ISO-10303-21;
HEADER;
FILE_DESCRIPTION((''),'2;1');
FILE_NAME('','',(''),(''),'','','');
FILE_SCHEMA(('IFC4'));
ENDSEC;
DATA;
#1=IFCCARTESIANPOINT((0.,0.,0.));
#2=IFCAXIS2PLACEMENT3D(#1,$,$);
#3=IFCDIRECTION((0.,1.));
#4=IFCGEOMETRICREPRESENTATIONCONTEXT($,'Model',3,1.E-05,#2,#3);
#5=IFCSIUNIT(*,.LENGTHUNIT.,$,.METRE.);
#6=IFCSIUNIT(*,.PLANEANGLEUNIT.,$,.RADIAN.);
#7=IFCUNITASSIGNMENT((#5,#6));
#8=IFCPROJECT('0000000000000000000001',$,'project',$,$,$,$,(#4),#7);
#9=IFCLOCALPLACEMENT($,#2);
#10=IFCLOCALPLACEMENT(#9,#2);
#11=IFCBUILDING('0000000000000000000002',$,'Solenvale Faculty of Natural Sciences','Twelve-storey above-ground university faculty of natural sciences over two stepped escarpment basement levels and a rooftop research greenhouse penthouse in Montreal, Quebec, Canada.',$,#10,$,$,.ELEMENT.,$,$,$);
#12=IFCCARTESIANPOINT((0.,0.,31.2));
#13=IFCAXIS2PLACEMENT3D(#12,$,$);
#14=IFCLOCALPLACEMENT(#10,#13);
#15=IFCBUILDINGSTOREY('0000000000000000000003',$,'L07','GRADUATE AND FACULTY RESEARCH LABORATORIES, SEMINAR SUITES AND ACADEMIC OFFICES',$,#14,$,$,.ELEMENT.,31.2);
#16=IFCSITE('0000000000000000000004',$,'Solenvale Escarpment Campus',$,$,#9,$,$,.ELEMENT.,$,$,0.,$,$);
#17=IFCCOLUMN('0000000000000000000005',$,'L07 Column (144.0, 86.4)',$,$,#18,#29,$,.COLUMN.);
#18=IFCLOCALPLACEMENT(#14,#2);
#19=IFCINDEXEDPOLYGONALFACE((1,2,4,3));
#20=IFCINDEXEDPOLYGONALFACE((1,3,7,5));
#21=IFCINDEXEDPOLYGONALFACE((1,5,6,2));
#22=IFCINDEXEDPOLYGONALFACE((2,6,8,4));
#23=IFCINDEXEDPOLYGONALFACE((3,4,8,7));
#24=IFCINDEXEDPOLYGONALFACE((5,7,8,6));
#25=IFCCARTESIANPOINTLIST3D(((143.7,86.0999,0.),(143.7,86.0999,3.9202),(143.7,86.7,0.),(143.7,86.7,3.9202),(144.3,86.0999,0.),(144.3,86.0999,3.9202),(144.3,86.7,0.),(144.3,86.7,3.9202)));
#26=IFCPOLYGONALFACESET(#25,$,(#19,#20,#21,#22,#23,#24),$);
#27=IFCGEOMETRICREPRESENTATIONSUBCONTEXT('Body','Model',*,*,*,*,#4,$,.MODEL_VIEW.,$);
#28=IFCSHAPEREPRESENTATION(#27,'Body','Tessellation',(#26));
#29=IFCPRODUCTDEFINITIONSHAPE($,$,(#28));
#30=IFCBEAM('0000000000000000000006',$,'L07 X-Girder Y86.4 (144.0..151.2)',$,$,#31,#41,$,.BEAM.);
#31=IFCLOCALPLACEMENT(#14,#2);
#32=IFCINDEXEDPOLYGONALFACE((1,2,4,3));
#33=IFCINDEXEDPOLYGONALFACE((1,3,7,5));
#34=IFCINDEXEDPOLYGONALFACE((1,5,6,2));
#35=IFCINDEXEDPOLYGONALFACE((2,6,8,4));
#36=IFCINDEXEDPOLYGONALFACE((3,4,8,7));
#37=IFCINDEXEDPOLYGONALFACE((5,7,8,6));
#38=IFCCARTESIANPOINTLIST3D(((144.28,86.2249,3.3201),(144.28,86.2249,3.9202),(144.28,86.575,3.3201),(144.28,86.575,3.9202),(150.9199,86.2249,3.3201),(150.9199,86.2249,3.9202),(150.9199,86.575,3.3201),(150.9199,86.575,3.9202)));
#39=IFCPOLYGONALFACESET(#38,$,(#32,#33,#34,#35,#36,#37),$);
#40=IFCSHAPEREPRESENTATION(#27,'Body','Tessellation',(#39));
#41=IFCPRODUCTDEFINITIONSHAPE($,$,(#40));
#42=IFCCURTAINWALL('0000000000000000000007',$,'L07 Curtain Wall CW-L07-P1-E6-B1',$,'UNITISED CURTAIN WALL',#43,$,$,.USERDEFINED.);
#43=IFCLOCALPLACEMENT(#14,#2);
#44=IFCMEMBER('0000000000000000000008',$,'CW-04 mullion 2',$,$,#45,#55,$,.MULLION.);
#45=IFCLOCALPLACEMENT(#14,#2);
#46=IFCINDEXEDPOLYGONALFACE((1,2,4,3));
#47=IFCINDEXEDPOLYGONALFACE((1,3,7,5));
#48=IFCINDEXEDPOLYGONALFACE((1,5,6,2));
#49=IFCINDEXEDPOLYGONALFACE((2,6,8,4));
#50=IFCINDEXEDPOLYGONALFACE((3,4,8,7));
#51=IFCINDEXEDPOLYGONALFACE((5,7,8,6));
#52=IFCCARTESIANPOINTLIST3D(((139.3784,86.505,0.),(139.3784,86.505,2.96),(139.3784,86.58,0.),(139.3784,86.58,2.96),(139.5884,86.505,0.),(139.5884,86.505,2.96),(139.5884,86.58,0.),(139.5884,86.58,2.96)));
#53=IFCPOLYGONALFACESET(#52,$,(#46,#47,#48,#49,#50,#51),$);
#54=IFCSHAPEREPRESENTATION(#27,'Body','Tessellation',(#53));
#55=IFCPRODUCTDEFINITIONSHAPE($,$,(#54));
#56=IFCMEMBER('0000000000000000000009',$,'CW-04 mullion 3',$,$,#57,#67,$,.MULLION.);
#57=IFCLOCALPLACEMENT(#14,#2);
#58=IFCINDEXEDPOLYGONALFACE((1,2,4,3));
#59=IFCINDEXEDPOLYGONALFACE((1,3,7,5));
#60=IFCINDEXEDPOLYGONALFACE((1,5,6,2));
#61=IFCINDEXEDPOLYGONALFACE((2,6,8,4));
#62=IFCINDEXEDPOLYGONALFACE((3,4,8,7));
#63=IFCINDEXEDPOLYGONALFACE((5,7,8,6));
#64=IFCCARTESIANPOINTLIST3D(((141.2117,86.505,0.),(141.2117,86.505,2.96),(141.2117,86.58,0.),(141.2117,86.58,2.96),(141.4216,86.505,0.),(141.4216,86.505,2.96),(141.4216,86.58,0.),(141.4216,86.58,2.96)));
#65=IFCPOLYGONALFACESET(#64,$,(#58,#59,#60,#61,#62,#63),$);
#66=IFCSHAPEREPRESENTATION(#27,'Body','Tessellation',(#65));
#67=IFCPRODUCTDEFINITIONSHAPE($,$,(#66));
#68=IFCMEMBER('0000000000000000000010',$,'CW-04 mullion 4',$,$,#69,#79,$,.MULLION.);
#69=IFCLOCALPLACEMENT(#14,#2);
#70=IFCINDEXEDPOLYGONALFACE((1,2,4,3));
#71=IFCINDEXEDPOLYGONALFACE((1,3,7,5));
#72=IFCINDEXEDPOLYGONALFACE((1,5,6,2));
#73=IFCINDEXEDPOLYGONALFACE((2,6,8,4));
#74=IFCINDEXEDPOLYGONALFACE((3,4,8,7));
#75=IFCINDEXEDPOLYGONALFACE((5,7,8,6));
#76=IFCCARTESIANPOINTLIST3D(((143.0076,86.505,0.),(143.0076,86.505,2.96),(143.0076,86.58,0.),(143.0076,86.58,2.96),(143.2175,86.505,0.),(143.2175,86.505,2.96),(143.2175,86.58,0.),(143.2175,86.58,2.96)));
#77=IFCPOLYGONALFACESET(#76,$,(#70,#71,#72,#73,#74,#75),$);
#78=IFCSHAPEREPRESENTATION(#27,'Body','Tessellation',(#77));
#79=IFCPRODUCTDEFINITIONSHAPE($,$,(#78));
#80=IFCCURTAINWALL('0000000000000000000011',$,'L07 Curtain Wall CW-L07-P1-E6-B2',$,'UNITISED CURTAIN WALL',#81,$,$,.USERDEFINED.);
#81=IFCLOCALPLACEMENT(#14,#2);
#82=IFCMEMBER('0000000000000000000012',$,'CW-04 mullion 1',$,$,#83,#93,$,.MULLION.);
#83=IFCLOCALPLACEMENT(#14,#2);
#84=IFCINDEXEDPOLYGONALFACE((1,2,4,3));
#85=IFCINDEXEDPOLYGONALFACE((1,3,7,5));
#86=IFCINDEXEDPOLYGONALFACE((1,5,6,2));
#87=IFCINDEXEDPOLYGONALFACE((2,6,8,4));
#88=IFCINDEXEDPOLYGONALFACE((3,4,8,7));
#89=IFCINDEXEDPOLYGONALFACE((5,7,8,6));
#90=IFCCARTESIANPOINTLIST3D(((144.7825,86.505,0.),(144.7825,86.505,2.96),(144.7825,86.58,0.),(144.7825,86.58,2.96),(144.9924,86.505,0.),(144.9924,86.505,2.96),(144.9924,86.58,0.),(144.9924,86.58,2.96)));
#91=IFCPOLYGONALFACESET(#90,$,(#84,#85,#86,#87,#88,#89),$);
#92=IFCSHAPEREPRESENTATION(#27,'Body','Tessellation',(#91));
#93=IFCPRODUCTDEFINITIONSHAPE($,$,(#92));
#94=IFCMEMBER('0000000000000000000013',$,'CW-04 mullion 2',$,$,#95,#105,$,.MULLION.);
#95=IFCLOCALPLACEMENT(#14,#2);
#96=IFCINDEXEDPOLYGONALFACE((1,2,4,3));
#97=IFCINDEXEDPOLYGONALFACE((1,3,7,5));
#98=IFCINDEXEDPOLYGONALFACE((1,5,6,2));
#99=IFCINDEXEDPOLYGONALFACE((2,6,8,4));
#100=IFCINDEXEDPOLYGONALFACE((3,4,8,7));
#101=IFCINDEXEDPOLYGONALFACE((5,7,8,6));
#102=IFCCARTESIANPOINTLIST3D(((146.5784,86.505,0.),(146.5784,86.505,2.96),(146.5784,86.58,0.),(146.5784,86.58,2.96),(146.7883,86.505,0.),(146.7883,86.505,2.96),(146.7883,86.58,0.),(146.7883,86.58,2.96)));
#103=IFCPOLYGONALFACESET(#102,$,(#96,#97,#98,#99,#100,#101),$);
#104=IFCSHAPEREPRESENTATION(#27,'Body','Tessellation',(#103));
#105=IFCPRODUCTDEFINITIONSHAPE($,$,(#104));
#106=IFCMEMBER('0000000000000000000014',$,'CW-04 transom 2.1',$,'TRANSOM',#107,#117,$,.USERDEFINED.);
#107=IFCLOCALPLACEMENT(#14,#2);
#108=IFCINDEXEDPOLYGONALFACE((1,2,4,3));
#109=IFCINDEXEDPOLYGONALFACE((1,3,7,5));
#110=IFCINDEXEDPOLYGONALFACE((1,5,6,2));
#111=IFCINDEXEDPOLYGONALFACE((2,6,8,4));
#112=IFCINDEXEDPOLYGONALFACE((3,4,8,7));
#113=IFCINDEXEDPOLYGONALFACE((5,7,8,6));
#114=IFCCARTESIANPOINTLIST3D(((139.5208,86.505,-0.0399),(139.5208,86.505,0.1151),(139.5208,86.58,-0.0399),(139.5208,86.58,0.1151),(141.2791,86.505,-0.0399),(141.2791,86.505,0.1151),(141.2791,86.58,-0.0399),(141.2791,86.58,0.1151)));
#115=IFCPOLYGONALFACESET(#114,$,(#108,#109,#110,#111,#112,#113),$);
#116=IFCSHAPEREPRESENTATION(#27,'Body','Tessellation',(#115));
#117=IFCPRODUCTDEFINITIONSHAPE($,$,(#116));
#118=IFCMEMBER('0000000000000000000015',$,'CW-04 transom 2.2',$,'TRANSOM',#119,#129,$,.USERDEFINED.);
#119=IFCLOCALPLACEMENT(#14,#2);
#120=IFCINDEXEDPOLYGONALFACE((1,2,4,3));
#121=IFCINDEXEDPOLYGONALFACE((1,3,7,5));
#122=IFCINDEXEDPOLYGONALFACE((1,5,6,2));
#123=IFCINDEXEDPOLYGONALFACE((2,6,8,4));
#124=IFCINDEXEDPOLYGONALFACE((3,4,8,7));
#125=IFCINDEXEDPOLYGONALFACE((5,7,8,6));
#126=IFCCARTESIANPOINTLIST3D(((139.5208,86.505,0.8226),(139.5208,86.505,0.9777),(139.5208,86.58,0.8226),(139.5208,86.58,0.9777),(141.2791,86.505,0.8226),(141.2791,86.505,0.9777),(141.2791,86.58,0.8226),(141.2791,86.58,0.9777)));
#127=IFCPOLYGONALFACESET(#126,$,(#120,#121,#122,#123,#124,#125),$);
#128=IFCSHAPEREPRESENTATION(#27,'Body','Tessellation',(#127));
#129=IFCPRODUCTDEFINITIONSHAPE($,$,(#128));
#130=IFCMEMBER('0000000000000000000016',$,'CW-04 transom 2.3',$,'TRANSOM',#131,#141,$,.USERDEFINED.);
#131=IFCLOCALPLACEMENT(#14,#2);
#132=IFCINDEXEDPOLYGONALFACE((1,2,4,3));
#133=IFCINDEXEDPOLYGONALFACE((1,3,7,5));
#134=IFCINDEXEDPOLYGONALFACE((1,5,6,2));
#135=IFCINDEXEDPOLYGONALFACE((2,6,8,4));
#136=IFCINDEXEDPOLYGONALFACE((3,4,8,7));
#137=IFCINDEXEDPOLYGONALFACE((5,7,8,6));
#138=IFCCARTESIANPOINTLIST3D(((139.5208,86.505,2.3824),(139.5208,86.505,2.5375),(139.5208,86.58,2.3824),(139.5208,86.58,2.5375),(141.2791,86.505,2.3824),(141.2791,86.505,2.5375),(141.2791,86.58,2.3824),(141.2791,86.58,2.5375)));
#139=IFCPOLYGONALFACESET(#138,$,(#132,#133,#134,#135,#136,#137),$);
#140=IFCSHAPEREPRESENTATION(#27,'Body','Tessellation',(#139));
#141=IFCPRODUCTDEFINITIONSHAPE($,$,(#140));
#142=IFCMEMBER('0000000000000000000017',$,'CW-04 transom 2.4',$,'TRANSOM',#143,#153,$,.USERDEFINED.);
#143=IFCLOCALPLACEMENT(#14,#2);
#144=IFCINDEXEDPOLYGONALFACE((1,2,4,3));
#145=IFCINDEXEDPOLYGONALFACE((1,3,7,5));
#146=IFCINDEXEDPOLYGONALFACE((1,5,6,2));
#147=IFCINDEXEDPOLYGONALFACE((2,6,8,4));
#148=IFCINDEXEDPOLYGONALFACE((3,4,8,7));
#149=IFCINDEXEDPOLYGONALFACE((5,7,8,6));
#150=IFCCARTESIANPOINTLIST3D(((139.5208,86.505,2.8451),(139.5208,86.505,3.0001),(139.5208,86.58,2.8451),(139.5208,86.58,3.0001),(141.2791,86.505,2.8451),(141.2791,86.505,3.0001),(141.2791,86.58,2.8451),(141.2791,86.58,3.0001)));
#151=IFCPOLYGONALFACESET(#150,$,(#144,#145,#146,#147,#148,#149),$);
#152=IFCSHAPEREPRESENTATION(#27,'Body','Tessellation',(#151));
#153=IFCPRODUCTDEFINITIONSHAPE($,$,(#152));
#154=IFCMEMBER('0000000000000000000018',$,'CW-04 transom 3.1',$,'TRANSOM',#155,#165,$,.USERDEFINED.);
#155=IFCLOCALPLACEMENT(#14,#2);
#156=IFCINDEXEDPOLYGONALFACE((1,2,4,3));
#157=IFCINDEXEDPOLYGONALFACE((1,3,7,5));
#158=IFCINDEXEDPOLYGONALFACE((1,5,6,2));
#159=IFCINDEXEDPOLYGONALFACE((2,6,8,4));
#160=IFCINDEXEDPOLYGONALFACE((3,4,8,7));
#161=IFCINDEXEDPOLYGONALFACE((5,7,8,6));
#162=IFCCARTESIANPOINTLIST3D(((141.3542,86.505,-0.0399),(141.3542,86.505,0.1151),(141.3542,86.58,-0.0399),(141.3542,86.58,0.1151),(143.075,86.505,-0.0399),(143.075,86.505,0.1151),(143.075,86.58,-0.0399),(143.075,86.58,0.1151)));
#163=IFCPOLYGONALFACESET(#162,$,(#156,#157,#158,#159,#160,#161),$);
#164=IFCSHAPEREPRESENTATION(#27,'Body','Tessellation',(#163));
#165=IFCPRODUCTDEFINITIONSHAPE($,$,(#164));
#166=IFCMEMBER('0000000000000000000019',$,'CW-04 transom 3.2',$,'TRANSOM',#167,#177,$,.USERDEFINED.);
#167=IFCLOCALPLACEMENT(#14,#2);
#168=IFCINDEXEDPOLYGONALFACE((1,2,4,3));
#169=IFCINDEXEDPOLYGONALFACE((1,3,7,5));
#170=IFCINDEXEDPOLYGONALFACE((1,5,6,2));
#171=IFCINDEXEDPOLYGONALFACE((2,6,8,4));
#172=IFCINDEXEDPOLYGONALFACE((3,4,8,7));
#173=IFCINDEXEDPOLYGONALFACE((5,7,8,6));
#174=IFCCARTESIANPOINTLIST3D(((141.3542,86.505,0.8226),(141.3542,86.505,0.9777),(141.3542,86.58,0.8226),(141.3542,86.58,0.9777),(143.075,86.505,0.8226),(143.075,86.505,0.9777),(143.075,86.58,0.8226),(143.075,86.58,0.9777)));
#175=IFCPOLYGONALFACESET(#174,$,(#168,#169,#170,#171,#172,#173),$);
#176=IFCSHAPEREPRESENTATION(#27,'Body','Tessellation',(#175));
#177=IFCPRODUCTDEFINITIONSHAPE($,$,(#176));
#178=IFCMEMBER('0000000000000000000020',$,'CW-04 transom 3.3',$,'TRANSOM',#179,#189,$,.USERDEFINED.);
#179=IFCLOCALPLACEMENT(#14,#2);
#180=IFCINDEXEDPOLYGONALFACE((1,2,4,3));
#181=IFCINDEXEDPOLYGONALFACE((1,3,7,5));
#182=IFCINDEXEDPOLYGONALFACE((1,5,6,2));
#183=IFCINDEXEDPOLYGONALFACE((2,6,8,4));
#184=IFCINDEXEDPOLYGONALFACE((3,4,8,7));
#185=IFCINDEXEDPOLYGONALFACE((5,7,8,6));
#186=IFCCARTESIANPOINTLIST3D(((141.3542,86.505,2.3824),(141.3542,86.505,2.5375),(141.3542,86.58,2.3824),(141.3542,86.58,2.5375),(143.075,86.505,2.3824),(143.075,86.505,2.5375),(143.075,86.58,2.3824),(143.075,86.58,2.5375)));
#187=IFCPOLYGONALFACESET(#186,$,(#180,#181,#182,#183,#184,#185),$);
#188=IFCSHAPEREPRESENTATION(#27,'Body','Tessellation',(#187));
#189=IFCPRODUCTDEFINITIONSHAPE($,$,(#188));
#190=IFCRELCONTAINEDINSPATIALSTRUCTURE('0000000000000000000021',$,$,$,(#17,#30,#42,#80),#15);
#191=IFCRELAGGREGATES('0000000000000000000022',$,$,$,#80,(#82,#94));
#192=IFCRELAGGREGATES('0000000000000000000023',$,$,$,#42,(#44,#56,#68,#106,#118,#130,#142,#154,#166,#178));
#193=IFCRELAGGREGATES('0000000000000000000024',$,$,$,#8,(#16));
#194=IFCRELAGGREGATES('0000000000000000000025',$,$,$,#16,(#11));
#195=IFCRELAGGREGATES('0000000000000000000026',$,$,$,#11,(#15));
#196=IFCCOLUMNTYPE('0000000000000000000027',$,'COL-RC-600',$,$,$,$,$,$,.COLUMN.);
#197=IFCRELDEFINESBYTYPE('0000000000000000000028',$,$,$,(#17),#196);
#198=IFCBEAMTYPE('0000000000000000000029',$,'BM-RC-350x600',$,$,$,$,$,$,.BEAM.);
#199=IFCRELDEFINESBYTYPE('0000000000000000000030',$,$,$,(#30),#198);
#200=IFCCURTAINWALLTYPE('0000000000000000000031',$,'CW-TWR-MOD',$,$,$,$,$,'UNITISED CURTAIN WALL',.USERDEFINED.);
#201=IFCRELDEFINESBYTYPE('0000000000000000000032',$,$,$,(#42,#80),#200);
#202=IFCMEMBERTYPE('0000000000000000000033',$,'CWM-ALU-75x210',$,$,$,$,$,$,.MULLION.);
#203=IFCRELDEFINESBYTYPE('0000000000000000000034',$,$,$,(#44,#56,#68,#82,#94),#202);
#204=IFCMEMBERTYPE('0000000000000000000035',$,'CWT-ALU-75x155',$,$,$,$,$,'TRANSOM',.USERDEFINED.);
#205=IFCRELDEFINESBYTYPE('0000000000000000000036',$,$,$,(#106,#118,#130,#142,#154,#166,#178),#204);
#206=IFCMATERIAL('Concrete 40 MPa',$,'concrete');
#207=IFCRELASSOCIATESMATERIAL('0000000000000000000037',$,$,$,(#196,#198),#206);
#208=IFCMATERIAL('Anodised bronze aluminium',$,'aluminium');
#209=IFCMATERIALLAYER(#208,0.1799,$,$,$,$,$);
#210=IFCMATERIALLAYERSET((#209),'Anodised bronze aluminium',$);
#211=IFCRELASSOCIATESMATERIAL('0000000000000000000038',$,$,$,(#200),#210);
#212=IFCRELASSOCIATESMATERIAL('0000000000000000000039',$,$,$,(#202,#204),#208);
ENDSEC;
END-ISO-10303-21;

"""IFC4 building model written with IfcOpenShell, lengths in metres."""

from ifc_helpers import new_model, si_unit, direction, frame, origin, origin_2d, place, context, subcontext, project, spatial, rectangle, extrude, material, layer, layer_set, material_profile, profile_set, type_object, element, aggregate, save


model = new_model("IFC4")

# Units and contexts
model_context = context("Model", 3, precision=1e-05, world=origin(), true_north=direction((0.0, 1.0)))
body_context = subcontext(model_context, "Body", "Model", "MODEL_VIEW")
ifc_project = project(units=[si_unit("LENGTHUNIT", "METRE"), si_unit("PLANEANGLEUNIT", "RADIAN")], contexts=[model_context])

# Site, building, storey
site_placement = place(None, origin())
site = spatial("IfcSite", under=ifc_project, at=site_placement, Name="Solenvale Escarpment Campus", CompositionType="ELEMENT", RefElevation=0.0)
building_placement = place(site_placement, origin())
building = spatial("IfcBuilding", under=site, at=building_placement, Name="Solenvale Faculty of Natural Sciences", Description="Twelve-storey above-ground university faculty of natural sciences over two stepped escarpment basement levels and a rooftop research greenhouse penthouse in Montreal, Quebec, Canada.", CompositionType="ELEMENT")
storey_placement = place(building_placement, frame((0.0, 0.0, 31.2)))
storey = spatial("IfcBuildingStorey", under=building, at=storey_placement, Name="L07", Description="GRADUATE AND FACULTY RESEARCH LABORATORIES, SEMINAR SUITES AND ACADEMIC OFFICES", CompositionType="ELEMENT", Elevation=31.2)

# Column
ifc_material_1 = material(Name="Concrete 40 MPa", Category="concrete")
ifc_material_profile_1 = material_profile(ifc_material_1, rectangle(XDim=0.6001, YDim=0.6001, at=origin_2d()), Name="RC-COL-600x600")
ifc_profile_set_1 = profile_set([ifc_material_profile_1], Name="Concrete 40 MPa")
column_type = type_object("IfcColumnType", Name="COL-RC-600", PredefinedType="COLUMN", material=ifc_profile_set_1)
column_placement = place(storey_placement, frame((144.0, 86.3999, 0.0), z_axis=(0.0, 0.0, 1.0), x_axis=(1.0, 0.0, 0.0)))
element("IfcColumn", 1, at=column_placement, inside=storey, type_object=column_type, Name="L07 Column (144.0, 86.4)", PredefinedType="COLUMN", context=body_context, shape_type="SweptSolid", body=[
    extrude(rectangle(XDim=0.6001, YDim=0.6001, at=origin_2d()), origin(), (0.0, 0.0, 1.0), 3.9202),
])

# Beam
ifc_material_profile_2 = material_profile(ifc_material_1, rectangle(XDim=0.3501, YDim=0.6001, at=origin_2d()), Name="RC-BM-350x600")
ifc_profile_set_2 = profile_set([ifc_material_profile_2], Name="Concrete 40 MPa")
beam_type = type_object("IfcBeamType", Name="BM-RC-350x600", PredefinedType="BEAM", material=ifc_profile_set_2)
beam_placement = place(storey_placement, frame((144.28, 86.3999, 3.6201), z_axis=(1.0, 0.0, 0.0), x_axis=(0.0, 1.0, 0.0)))
element("IfcBeam", 2, at=beam_placement, inside=storey, type_object=beam_type, Name="L07 X-Girder Y86.4 (144.0..151.2)", PredefinedType="BEAM", context=body_context, shape_type="SweptSolid", body=[
    extrude(rectangle(XDim=0.3501, YDim=0.6001, at=origin_2d()), origin(), (0.0, 0.0, 1.0), 6.6399),
])

# Curtain walls, members
ifc_material_2 = material(Name="Anodised bronze aluminium", Category="aluminium")
ifc_layer_1 = layer(ifc_material_2, 0.1799)
ifc_layer_set_1 = layer_set([ifc_layer_1], Name="Anodised bronze aluminium")
curtain_wall_type = type_object("IfcCurtainWallType", Name="CW-TWR-MOD", ElementType="UNITISED CURTAIN WALL", PredefinedType="USERDEFINED", material=ifc_layer_set_1)
curtain_wall_1_placement = place(storey_placement, origin())
curtain_wall_1 = element("IfcCurtainWall", 3, at=curtain_wall_1_placement, inside=storey, type_object=curtain_wall_type, Name="L07 Curtain Wall CW-L07-P1-E6-B1", ObjectType="UNITISED CURTAIN WALL", PredefinedType="USERDEFINED")
ifc_material_profile_3 = material_profile(ifc_material_2, rectangle(XDim=0.075, YDim=0.21, at=origin_2d()), Name="ALU-MUL-75x210")
ifc_profile_set_3 = profile_set([ifc_material_profile_3], Name="Anodised bronze aluminium")
member_type_1 = type_object("IfcMemberType", Name="CWM-ALU-75x210", PredefinedType="MULLION", material=ifc_profile_set_3)
member_1_placement = place(storey_placement, frame((139.4834, 86.5425, 0.0), z_axis=(0.0, 0.0, 1.0), x_axis=(0.0, 1.0, 0.0)))
member_1 = element("IfcMember", 4, at=member_1_placement, type_object=member_type_1, Name="CW-04 mullion 2", PredefinedType="MULLION", context=body_context, shape_type="SweptSolid", body=[
    extrude(rectangle(XDim=0.075, YDim=0.21, at=origin_2d()), origin(), (0.0, 0.0, 1.0), 2.96),
])
member_2_placement = place(storey_placement, frame((141.3167, 86.5425, 0.0), z_axis=(0.0, 0.0, 1.0), x_axis=(0.0, 1.0, 0.0)))
member_2 = element("IfcMember", 5, at=member_2_placement, type_object=member_type_1, Name="CW-04 mullion 3", PredefinedType="MULLION", context=body_context, shape_type="SweptSolid", body=[
    extrude(rectangle(XDim=0.075, YDim=0.21, at=origin_2d()), origin(), (0.0, 0.0, 1.0), 2.96),
])
member_3_placement = place(storey_placement, frame((143.1125, 86.5425, 0.0), z_axis=(0.0, 0.0, 1.0), x_axis=(0.0, 1.0, 0.0)))
member_3 = element("IfcMember", 6, at=member_3_placement, type_object=member_type_1, Name="CW-04 mullion 4", PredefinedType="MULLION", context=body_context, shape_type="SweptSolid", body=[
    extrude(rectangle(XDim=0.075, YDim=0.21, at=origin_2d()), origin(), (0.0, 0.0, 1.0), 2.96),
])
curtain_wall_2_placement = place(storey_placement, origin())
curtain_wall_2 = element("IfcCurtainWall", 7, at=curtain_wall_2_placement, inside=storey, type_object=curtain_wall_type, Name="L07 Curtain Wall CW-L07-P1-E6-B2", ObjectType="UNITISED CURTAIN WALL", PredefinedType="USERDEFINED")
member_4_placement = place(storey_placement, frame((144.8875, 86.5425, 0.0), z_axis=(0.0, 0.0, 1.0), x_axis=(0.0, 1.0, 0.0)))
member_4 = element("IfcMember", 8, at=member_4_placement, type_object=member_type_1, Name="CW-04 mullion 1", PredefinedType="MULLION", context=body_context, shape_type="SweptSolid", body=[
    extrude(rectangle(XDim=0.075, YDim=0.21, at=origin_2d()), origin(), (0.0, 0.0, 1.0), 2.96),
])
member_5_placement = place(storey_placement, frame((146.6833, 86.5425, 0.0), z_axis=(0.0, 0.0, 1.0), x_axis=(0.0, 1.0, 0.0)))
member_5 = element("IfcMember", 9, at=member_5_placement, type_object=member_type_1, Name="CW-04 mullion 2", PredefinedType="MULLION", context=body_context, shape_type="SweptSolid", body=[
    extrude(rectangle(XDim=0.075, YDim=0.21, at=origin_2d()), origin(), (0.0, 0.0, 1.0), 2.96),
])

# Members
ifc_material_profile_4 = material_profile(ifc_material_2, rectangle(XDim=0.075, YDim=0.155, at=origin_2d()), Name="ALU-TRN-75x155")
ifc_profile_set_4 = profile_set([ifc_material_profile_4], Name="Anodised bronze aluminium")
member_type_2 = type_object("IfcMemberType", Name="CWT-ALU-75x155", ElementType="TRANSOM", PredefinedType="USERDEFINED", material=ifc_profile_set_4)
member_6_placement = place(storey_placement, frame((139.5208, 86.5425, 0.0376), z_axis=(1.0, 0.0, 0.0), x_axis=(0.0, 1.0, 0.0)))
member_6 = element("IfcMember", 10, at=member_6_placement, type_object=member_type_2, Name="CW-04 transom 2.1", ObjectType="TRANSOM", PredefinedType="USERDEFINED", context=body_context, shape_type="SweptSolid", body=[
    extrude(rectangle(XDim=0.075, YDim=0.155, at=origin_2d()), origin(), (0.0, 0.0, 1.0), 1.7583),
])
member_7_placement = place(storey_placement, frame((139.5208, 86.5425, 0.9001), z_axis=(1.0, 0.0, 0.0), x_axis=(0.0, 1.0, 0.0)))
member_7 = element("IfcMember", 11, at=member_7_placement, type_object=member_type_2, Name="CW-04 transom 2.2", ObjectType="TRANSOM", PredefinedType="USERDEFINED", context=body_context, shape_type="SweptSolid", body=[
    extrude(rectangle(XDim=0.075, YDim=0.155, at=origin_2d()), origin(), (0.0, 0.0, 1.0), 1.7583),
])
member_8_placement = place(storey_placement, frame((139.5208, 86.5425, 2.46), z_axis=(1.0, 0.0, 0.0), x_axis=(0.0, 1.0, 0.0)))
member_8 = element("IfcMember", 12, at=member_8_placement, type_object=member_type_2, Name="CW-04 transom 2.3", ObjectType="TRANSOM", PredefinedType="USERDEFINED", context=body_context, shape_type="SweptSolid", body=[
    extrude(rectangle(XDim=0.075, YDim=0.155, at=origin_2d()), origin(), (0.0, 0.0, 1.0), 1.7583),
])
member_9_placement = place(storey_placement, frame((139.5208, 86.5425, 2.9226), z_axis=(1.0, 0.0, 0.0), x_axis=(0.0, 1.0, 0.0)))
member_9 = element("IfcMember", 13, at=member_9_placement, type_object=member_type_2, Name="CW-04 transom 2.4", ObjectType="TRANSOM", PredefinedType="USERDEFINED", context=body_context, shape_type="SweptSolid", body=[
    extrude(rectangle(XDim=0.075, YDim=0.155, at=origin_2d()), origin(), (0.0, 0.0, 1.0), 1.7583),
])
member_10_placement = place(storey_placement, frame((141.3542, 86.5425, 0.0376), z_axis=(1.0, 0.0, 0.0), x_axis=(0.0, 1.0, 0.0)))
member_10 = element("IfcMember", 14, at=member_10_placement, type_object=member_type_2, Name="CW-04 transom 3.1", ObjectType="TRANSOM", PredefinedType="USERDEFINED", context=body_context, shape_type="SweptSolid", body=[
    extrude(rectangle(XDim=0.075, YDim=0.155, at=origin_2d()), origin(), (0.0, 0.0, 1.0), 1.7207),
])
member_11_placement = place(storey_placement, frame((141.3542, 86.5425, 0.9001), z_axis=(1.0, 0.0, 0.0), x_axis=(0.0, 1.0, 0.0)))
member_11 = element("IfcMember", 15, at=member_11_placement, type_object=member_type_2, Name="CW-04 transom 3.2", ObjectType="TRANSOM", PredefinedType="USERDEFINED", context=body_context, shape_type="SweptSolid", body=[
    extrude(rectangle(XDim=0.075, YDim=0.155, at=origin_2d()), origin(), (0.0, 0.0, 1.0), 1.7207),
])
member_12_placement = place(storey_placement, frame((141.3542, 86.5425, 2.46), z_axis=(1.0, 0.0, 0.0), x_axis=(0.0, 1.0, 0.0)))
member_12 = element("IfcMember", 16, at=member_12_placement, type_object=member_type_2, Name="CW-04 transom 3.3", ObjectType="TRANSOM", PredefinedType="USERDEFINED", context=body_context, shape_type="SweptSolid", body=[
    extrude(rectangle(XDim=0.075, YDim=0.155, at=origin_2d()), origin(), (0.0, 0.0, 1.0), 1.7207),
])

aggregate(curtain_wall_2, [member_4, member_5])
aggregate(curtain_wall_1, [member_1, member_2, member_3, member_6, member_7, member_8, member_9, member_10, member_11, member_12])

save(model, "model.ifc")
